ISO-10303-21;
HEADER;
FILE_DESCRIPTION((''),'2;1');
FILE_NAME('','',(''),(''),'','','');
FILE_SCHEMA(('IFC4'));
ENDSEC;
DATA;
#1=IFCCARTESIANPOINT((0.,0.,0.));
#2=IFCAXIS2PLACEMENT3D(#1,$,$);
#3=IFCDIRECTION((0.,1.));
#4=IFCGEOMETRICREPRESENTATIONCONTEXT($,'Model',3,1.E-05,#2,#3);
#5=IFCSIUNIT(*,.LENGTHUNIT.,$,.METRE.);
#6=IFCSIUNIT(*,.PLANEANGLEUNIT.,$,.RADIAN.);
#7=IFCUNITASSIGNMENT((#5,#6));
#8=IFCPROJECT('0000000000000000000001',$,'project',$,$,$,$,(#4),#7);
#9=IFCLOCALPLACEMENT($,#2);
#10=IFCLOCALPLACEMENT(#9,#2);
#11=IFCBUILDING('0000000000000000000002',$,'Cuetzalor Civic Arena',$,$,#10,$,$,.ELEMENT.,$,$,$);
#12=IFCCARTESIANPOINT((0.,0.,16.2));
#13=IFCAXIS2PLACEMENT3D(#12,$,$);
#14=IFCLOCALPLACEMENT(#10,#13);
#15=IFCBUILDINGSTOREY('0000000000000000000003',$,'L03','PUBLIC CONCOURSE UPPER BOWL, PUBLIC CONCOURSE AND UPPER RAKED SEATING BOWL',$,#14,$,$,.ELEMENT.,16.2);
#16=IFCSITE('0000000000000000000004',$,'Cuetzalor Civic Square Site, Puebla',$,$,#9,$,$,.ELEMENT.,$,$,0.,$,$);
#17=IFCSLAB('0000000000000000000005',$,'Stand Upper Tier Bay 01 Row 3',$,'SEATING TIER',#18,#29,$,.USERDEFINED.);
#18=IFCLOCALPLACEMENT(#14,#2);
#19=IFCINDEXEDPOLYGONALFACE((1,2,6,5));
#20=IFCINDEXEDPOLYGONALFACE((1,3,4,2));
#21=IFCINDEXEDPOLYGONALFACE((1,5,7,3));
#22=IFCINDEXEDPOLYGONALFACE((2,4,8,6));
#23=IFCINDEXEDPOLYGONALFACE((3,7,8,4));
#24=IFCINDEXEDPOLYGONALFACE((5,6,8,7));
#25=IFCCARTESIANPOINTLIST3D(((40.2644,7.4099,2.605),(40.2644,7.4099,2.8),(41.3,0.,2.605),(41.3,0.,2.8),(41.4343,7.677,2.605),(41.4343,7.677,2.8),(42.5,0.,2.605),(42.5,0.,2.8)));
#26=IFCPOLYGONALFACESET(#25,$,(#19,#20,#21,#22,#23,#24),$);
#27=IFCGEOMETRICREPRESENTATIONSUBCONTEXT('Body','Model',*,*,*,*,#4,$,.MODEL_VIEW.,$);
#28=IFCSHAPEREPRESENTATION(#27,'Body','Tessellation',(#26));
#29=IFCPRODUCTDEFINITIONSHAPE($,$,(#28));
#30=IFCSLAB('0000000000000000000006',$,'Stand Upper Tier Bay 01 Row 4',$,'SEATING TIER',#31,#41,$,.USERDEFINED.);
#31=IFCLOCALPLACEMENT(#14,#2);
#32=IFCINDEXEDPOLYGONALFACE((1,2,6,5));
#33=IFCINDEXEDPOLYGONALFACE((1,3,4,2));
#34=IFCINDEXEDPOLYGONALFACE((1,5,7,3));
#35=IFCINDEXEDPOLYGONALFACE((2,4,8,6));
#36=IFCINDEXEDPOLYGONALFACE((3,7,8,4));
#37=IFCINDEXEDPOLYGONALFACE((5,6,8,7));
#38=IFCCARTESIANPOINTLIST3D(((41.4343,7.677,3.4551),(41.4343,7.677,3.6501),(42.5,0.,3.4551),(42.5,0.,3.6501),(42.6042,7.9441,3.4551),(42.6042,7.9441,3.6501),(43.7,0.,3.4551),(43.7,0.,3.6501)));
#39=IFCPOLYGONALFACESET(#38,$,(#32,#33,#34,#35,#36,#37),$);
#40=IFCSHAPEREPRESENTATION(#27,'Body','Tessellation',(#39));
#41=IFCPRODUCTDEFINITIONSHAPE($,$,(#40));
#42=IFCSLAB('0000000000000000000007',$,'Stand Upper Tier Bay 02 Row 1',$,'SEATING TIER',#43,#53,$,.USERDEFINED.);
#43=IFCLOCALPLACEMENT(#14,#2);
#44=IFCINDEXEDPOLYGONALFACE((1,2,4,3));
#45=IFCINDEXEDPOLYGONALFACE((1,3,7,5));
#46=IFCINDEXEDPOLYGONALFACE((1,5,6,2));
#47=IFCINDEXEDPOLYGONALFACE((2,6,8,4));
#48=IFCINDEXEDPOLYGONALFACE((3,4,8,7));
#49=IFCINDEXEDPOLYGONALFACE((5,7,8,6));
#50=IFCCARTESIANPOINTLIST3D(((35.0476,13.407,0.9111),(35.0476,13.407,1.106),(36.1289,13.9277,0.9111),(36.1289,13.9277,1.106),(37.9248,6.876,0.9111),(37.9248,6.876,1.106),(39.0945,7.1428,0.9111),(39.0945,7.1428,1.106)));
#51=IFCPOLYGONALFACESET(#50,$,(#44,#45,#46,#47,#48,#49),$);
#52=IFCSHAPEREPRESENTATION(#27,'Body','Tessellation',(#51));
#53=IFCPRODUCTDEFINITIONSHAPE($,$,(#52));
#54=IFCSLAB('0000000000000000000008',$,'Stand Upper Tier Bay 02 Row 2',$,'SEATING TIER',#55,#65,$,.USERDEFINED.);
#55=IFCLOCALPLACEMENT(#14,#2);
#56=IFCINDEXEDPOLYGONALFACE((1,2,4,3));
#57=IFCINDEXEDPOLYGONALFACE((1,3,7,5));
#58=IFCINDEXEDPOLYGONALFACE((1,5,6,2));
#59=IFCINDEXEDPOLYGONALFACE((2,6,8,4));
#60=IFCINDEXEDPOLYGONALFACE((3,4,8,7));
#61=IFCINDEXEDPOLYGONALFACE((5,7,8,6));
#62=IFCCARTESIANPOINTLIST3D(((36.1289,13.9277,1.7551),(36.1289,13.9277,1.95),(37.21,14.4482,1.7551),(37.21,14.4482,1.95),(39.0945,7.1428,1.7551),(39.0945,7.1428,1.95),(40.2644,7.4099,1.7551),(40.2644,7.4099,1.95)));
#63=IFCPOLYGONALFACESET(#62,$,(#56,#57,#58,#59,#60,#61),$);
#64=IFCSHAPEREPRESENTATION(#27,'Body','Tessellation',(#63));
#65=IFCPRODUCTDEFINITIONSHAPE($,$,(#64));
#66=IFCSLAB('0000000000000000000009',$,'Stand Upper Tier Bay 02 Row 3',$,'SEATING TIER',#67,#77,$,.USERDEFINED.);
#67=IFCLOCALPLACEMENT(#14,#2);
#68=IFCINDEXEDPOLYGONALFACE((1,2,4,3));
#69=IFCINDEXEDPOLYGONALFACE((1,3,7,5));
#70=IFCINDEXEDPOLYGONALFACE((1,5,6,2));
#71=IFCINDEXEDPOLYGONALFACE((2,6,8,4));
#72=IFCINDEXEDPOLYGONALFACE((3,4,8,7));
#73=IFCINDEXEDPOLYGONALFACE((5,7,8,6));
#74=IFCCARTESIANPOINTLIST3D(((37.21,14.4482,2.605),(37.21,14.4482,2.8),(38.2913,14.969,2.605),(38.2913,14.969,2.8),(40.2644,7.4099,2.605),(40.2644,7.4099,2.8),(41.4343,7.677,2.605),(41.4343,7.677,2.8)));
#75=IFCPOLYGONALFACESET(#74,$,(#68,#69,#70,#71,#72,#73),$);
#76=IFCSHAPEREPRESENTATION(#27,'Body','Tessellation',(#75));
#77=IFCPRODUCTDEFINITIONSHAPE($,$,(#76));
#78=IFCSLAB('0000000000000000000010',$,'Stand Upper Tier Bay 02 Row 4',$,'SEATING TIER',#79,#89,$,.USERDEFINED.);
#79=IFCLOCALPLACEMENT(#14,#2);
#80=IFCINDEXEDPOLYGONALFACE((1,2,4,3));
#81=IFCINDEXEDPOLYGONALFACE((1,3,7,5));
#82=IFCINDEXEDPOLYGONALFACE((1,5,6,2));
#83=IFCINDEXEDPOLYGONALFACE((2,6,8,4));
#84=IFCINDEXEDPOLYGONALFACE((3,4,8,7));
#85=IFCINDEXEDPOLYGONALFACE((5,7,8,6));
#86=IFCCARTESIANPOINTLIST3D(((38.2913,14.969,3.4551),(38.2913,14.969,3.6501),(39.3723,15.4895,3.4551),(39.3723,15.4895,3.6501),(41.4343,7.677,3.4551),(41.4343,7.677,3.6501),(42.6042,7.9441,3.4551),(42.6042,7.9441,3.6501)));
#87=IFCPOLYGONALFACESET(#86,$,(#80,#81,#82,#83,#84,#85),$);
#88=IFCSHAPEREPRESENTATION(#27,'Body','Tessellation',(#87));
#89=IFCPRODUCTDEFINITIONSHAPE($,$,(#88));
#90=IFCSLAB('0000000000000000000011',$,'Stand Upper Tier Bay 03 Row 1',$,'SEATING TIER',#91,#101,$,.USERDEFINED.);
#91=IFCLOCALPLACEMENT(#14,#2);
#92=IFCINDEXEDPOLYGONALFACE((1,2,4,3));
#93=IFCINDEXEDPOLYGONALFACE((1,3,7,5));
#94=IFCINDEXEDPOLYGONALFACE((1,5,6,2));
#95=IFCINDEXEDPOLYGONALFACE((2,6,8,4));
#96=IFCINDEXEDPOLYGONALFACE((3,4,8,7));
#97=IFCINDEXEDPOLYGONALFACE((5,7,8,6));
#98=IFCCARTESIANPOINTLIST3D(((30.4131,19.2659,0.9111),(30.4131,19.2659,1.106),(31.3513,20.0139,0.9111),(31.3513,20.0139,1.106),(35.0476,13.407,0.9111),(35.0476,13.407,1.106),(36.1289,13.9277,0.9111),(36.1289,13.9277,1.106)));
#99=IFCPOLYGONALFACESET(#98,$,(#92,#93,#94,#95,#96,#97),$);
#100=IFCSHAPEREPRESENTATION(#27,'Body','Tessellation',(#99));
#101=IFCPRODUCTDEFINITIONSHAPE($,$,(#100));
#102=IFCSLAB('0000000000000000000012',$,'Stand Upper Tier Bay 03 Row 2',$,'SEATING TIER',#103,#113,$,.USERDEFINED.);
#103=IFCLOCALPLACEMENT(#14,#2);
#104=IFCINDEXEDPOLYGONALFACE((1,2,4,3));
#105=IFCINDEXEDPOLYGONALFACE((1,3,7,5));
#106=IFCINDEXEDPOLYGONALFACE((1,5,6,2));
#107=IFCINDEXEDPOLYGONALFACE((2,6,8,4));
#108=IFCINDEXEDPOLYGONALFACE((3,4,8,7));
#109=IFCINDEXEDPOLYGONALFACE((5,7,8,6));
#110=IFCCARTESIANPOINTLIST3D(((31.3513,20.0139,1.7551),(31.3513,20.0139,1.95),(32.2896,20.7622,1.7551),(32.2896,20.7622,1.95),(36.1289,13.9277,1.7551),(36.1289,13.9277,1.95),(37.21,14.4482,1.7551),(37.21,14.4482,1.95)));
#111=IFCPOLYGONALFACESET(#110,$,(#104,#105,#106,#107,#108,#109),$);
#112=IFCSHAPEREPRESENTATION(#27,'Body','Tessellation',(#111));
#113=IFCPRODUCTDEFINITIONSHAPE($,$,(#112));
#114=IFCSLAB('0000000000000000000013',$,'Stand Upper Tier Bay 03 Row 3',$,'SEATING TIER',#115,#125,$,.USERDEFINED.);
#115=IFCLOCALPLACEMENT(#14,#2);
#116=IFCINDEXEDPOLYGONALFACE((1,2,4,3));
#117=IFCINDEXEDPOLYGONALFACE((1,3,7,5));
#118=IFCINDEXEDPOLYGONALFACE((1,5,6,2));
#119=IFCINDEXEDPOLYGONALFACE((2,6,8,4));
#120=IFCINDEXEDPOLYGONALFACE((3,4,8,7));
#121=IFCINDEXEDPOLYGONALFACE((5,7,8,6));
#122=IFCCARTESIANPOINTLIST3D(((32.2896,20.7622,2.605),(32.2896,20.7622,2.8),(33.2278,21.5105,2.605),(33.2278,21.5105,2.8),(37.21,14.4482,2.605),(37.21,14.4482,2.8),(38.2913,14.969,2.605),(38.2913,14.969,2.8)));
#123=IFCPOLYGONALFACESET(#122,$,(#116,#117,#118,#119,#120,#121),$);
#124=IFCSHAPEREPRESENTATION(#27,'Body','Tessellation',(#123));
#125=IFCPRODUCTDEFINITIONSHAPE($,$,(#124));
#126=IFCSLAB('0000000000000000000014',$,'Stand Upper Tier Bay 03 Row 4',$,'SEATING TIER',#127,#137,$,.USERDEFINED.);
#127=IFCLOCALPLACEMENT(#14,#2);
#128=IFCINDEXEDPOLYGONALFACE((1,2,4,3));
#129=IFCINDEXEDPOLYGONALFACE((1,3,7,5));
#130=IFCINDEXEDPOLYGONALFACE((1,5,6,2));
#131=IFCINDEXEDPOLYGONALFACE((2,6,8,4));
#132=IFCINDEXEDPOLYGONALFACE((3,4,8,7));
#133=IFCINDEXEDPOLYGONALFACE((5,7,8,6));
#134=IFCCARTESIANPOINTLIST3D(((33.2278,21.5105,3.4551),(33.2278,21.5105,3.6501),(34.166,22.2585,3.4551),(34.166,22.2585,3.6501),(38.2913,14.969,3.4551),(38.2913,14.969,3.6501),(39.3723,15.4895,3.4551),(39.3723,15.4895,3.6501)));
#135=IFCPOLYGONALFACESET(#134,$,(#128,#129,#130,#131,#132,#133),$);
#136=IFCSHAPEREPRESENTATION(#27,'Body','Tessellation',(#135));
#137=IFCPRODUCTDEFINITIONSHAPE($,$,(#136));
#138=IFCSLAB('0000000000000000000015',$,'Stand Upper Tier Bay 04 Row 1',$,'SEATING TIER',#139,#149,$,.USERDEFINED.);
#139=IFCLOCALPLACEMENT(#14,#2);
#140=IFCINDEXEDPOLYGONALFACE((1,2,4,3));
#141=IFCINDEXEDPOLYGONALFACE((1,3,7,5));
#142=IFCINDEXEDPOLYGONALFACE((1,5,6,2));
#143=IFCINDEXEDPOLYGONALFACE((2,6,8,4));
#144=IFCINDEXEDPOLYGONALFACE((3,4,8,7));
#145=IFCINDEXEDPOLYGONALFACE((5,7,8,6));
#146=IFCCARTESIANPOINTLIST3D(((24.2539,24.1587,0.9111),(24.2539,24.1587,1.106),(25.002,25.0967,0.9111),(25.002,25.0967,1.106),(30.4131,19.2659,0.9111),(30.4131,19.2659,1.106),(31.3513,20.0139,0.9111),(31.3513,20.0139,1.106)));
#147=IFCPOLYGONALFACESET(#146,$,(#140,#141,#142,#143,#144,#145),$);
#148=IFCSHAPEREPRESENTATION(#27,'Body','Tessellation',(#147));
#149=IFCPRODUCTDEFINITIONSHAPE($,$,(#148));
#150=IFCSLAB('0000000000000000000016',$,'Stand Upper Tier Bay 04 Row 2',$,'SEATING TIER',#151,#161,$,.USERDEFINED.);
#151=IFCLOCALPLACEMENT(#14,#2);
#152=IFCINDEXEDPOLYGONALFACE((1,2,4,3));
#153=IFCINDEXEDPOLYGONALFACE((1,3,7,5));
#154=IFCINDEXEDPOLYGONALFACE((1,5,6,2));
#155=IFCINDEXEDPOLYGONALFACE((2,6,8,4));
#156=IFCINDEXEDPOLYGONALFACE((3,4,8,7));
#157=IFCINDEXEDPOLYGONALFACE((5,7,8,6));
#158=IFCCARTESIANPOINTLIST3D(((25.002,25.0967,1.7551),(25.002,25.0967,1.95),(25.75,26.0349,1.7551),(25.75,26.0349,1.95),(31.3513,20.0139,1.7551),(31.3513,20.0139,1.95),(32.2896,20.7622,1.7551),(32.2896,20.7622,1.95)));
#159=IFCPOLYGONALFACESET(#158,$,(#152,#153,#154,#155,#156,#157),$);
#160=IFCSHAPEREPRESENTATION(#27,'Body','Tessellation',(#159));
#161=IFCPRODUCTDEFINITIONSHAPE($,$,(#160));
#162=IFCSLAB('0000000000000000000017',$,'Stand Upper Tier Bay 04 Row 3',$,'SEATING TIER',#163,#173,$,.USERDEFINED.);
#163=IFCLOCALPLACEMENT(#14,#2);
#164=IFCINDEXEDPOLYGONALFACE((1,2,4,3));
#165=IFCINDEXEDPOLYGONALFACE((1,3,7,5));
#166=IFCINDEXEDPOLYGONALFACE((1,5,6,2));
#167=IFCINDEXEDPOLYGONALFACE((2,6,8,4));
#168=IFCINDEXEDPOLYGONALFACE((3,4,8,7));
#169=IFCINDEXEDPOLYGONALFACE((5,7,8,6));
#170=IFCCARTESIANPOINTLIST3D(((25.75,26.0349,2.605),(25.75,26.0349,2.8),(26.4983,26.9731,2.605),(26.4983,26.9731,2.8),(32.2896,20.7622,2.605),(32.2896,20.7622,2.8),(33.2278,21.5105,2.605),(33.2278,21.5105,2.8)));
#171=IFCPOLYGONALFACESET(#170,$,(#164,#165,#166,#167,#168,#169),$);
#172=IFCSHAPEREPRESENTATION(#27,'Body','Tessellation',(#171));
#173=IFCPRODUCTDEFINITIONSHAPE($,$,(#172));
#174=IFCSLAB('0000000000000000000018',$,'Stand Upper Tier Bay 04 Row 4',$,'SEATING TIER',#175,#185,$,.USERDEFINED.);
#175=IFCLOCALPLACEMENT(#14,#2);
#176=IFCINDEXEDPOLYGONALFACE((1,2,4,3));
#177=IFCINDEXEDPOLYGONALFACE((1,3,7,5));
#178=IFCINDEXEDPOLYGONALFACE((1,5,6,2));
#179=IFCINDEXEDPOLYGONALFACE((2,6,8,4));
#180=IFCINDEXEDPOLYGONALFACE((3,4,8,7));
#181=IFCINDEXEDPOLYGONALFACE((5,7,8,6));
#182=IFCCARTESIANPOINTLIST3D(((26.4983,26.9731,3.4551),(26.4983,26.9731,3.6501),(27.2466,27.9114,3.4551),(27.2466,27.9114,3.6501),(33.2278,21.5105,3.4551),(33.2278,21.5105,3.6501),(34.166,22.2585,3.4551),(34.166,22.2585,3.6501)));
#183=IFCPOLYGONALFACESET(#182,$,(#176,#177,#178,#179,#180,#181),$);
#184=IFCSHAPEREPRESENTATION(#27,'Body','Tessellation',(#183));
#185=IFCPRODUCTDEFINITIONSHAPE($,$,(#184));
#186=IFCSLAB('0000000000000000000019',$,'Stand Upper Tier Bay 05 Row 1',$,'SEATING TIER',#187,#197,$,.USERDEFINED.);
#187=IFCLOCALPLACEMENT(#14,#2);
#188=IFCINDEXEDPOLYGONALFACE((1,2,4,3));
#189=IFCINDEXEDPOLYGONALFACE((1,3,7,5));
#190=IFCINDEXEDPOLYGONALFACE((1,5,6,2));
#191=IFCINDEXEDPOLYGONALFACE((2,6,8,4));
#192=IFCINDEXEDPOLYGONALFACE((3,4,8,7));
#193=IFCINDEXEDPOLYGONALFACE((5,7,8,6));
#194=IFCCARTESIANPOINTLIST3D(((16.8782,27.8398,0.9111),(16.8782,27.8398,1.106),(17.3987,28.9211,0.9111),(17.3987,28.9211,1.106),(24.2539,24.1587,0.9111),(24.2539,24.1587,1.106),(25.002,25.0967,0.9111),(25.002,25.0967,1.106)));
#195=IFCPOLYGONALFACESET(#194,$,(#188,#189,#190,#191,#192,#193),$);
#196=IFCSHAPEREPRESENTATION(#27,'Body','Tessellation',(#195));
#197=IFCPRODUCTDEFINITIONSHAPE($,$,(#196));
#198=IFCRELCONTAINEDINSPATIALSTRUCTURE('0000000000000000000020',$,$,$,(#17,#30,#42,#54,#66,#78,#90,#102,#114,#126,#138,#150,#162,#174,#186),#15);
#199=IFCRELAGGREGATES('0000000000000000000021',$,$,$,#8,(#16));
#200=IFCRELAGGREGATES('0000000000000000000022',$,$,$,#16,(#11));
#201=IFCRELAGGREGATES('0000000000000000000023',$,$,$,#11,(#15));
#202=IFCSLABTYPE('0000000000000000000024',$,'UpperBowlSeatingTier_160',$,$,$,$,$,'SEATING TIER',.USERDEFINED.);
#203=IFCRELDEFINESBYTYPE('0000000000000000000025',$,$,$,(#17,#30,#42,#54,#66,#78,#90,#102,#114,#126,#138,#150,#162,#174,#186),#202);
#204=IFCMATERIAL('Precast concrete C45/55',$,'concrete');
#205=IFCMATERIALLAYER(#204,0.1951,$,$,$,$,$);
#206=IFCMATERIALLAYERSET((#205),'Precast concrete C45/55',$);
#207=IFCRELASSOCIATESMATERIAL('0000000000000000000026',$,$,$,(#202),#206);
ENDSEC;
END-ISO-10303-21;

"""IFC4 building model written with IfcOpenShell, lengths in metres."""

from ifc_helpers import new_model, si_unit, direction, frame, origin, place, context, subcontext, project, spatial, polyline, outline, extrude, material, layer, layer_set, type_object, element, save


model = new_model("IFC4")

# Units and contexts
model_context = context("Model", 3, precision=1e-05, world=origin(), true_north=direction((0.0, 1.0)))
body_context = subcontext(model_context, "Body", "Model", "MODEL_VIEW")
ifc_project = project(units=[si_unit("LENGTHUNIT", "METRE"), si_unit("PLANEANGLEUNIT", "RADIAN")], contexts=[model_context])

# Site, building, storey
site_placement = place(None, origin())
site = spatial("IfcSite", under=ifc_project, at=site_placement, Name="Cuetzalor Civic Square Site, Puebla", CompositionType="ELEMENT", RefElevation=0.0)
building_placement = place(site_placement, origin())
building = spatial("IfcBuilding", under=site, at=building_placement, Name="Cuetzalor Civic Arena", CompositionType="ELEMENT")
storey_placement = place(building_placement, frame((0.0, 0.0, 16.2)))
storey = spatial("IfcBuildingStorey", under=building, at=storey_placement, Name="L03", Description="PUBLIC CONCOURSE UPPER BOWL, PUBLIC CONCOURSE AND UPPER RAKED SEATING BOWL", CompositionType="ELEMENT", Elevation=16.2)

# Slabs
ifc_material_1 = material(Name="Precast concrete C45/55", Category="concrete")
ifc_layer_1 = layer(ifc_material_1, 0.1951)
ifc_layer_set_1 = layer_set([ifc_layer_1], Name="Precast concrete C45/55")
slab_type_1 = type_object("IfcSlabType", Name="UpperBowlSeatingTier_160", ElementType="SEATING TIER", PredefinedType="USERDEFINED", material=ifc_layer_set_1)
slab_1_placement = place(storey_placement, frame((0.0, 0.0, 2.605)))
element("IfcSlab", 1, at=slab_1_placement, inside=storey, type_object=slab_type_1, Name="Stand Upper Tier Bay 01 Row 3", ObjectType="SEATING TIER", PredefinedType="USERDEFINED", context=body_context, shape_type="SweptSolid", body=[
    extrude(outline(polyline([(41.3, 0.0), (40.2644, 7.4099), (41.4343, 7.677), (42.5, 0.0), (41.3, 0.0)])), origin(), (0.0, 0.0, 1.0), 0.1951),
])
slab_2_placement = place(storey_placement, frame((0.0, 0.0, 3.4551)))
element("IfcSlab", 2, at=slab_2_placement, inside=storey, type_object=slab_type_1, Name="Stand Upper Tier Bay 01 Row 4", ObjectType="SEATING TIER", PredefinedType="USERDEFINED", context=body_context, shape_type="SweptSolid", body=[
    extrude(outline(polyline([(42.5, 0.0), (41.4343, 7.677), (42.6042, 7.9441), (43.7, 0.0), (42.5, 0.0)])), origin(), (0.0, 0.0, 1.0), 0.1951),
])
slab_3_placement = place(storey_placement, frame((0.0, 0.0, 0.9111)))
element("IfcSlab", 3, at=slab_3_placement, inside=storey, type_object=slab_type_1, Name="Stand Upper Tier Bay 02 Row 1", ObjectType="SEATING TIER", PredefinedType="USERDEFINED", context=body_context, shape_type="SweptSolid", body=[
    extrude(outline(polyline([(37.9248, 6.876), (35.0476, 13.407), (36.1289, 13.9277), (39.0945, 7.1428), (37.9248, 6.876)])), origin(), (0.0, 0.0, 1.0), 0.1948),
])
slab_4_placement = place(storey_placement, frame((0.0, 0.0, 1.7551)))
element("IfcSlab", 4, at=slab_4_placement, inside=storey, type_object=slab_type_1, Name="Stand Upper Tier Bay 02 Row 2", ObjectType="SEATING TIER", PredefinedType="USERDEFINED", context=body_context, shape_type="SweptSolid", body=[
    extrude(outline(polyline([(39.0945, 7.1428), (36.1289, 13.9277), (37.21, 14.4482), (40.2644, 7.4099), (39.0945, 7.1428)])), origin(), (0.0, 0.0, 1.0), 0.1948),
])
slab_5_placement = place(storey_placement, frame((0.0, 0.0, 2.605)))
element("IfcSlab", 5, at=slab_5_placement, inside=storey, type_object=slab_type_1, Name="Stand Upper Tier Bay 02 Row 3", ObjectType="SEATING TIER", PredefinedType="USERDEFINED", context=body_context, shape_type="SweptSolid", body=[
    extrude(outline(polyline([(40.2644, 7.4099), (37.21, 14.4482), (38.2913, 14.969), (41.4343, 7.677), (40.2644, 7.4099)])), origin(), (0.0, 0.0, 1.0), 0.1951),
])
slab_6_placement = place(storey_placement, frame((0.0, 0.0, 3.4551)))
element("IfcSlab", 6, at=slab_6_placement, inside=storey, type_object=slab_type_1, Name="Stand Upper Tier Bay 02 Row 4", ObjectType="SEATING TIER", PredefinedType="USERDEFINED", context=body_context, shape_type="SweptSolid", body=[
    extrude(outline(polyline([(41.4343, 7.677), (38.2913, 14.969), (39.3723, 15.4895), (42.6042, 7.9441), (41.4343, 7.677)])), origin(), (0.0, 0.0, 1.0), 0.1951),
])
slab_7_placement = place(storey_placement, frame((0.0, 0.0, 0.9111)))
element("IfcSlab", 7, at=slab_7_placement, inside=storey, type_object=slab_type_1, Name="Stand Upper Tier Bay 03 Row 1", ObjectType="SEATING TIER", PredefinedType="USERDEFINED", context=body_context, shape_type="SweptSolid", body=[
    extrude(outline(polyline([(35.0476, 13.407), (30.4131, 19.2659), (31.3513, 20.0139), (36.1289, 13.9277), (35.0476, 13.407)])), origin(), (0.0, 0.0, 1.0), 0.1948),
])
slab_8_placement = place(storey_placement, frame((0.0, 0.0, 1.7551)))
element("IfcSlab", 8, at=slab_8_placement, inside=storey, type_object=slab_type_1, Name="Stand Upper Tier Bay 03 Row 2", ObjectType="SEATING TIER", PredefinedType="USERDEFINED", context=body_context, shape_type="SweptSolid", body=[
    extrude(outline(polyline([(36.1289, 13.9277), (31.3513, 20.0139), (32.2896, 20.7622), (37.21, 14.4482), (36.1289, 13.9277)])), origin(), (0.0, 0.0, 1.0), 0.1948),
])
slab_9_placement = place(storey_placement, frame((0.0, 0.0, 2.605)))
element("IfcSlab", 9, at=slab_9_placement, inside=storey, type_object=slab_type_1, Name="Stand Upper Tier Bay 03 Row 3", ObjectType="SEATING TIER", PredefinedType="USERDEFINED", context=body_context, shape_type="SweptSolid", body=[
    extrude(outline(polyline([(37.21, 14.4482), (32.2896, 20.7622), (33.2278, 21.5105), (38.2913, 14.969), (37.21, 14.4482)])), origin(), (0.0, 0.0, 1.0), 0.1951),
])
slab_10_placement = place(storey_placement, frame((0.0, 0.0, 3.4551)))
element("IfcSlab", 10, at=slab_10_placement, inside=storey, type_object=slab_type_1, Name="Stand Upper Tier Bay 03 Row 4", ObjectType="SEATING TIER", PredefinedType="USERDEFINED", context=body_context, shape_type="SweptSolid", body=[
    extrude(outline(polyline([(38.2913, 14.969), (33.2278, 21.5105), (34.166, 22.2585), (39.3723, 15.4895), (38.2913, 14.969)])), origin(), (0.0, 0.0, 1.0), 0.1951),
])
slab_11_placement = place(storey_placement, frame((0.0, 0.0, 0.9111)))
element("IfcSlab", 11, at=slab_11_placement, inside=storey, type_object=slab_type_1, Name="Stand Upper Tier Bay 04 Row 1", ObjectType="SEATING TIER", PredefinedType="USERDEFINED", context=body_context, shape_type="SweptSolid", body=[
    extrude(outline(polyline([(30.4131, 19.2659), (24.2539, 24.1587), (25.002, 25.0967), (31.3513, 20.0139), (30.4131, 19.2659)])), origin(), (0.0, 0.0, 1.0), 0.1948),
])
slab_12_placement = place(storey_placement, frame((0.0, 0.0, 1.7551)))
element("IfcSlab", 12, at=slab_12_placement, inside=storey, type_object=slab_type_1, Name="Stand Upper Tier Bay 04 Row 2", ObjectType="SEATING TIER", PredefinedType="USERDEFINED", context=body_context, shape_type="SweptSolid", body=[
    extrude(outline(polyline([(31.3513, 20.0139), (25.002, 25.0967), (25.75, 26.0349), (32.2896, 20.7622), (31.3513, 20.0139)])), origin(), (0.0, 0.0, 1.0), 0.1948),
])
slab_13_placement = place(storey_placement, frame((0.0, 0.0, 2.605)))
element("IfcSlab", 13, at=slab_13_placement, inside=storey, type_object=slab_type_1, Name="Stand Upper Tier Bay 04 Row 3", ObjectType="SEATING TIER", PredefinedType="USERDEFINED", context=body_context, shape_type="SweptSolid", body=[
    extrude(outline(polyline([(32.2896, 20.7622), (25.75, 26.0349), (26.4983, 26.9731), (33.2278, 21.5105), (32.2896, 20.7622)])), origin(), (0.0, 0.0, 1.0), 0.1951),
])
slab_14_placement = place(storey_placement, frame((0.0, 0.0, 3.4551)))
element("IfcSlab", 14, at=slab_14_placement, inside=storey, type_object=slab_type_1, Name="Stand Upper Tier Bay 04 Row 4", ObjectType="SEATING TIER", PredefinedType="USERDEFINED", context=body_context, shape_type="SweptSolid", body=[
    extrude(outline(polyline([(33.2278, 21.5105), (26.4983, 26.9731), (27.2466, 27.9114), (34.166, 22.2585), (33.2278, 21.5105)])), origin(), (0.0, 0.0, 1.0), 0.1951),
])
slab_15_placement = place(storey_placement, frame((0.0, 0.0, 0.9111)))
element("IfcSlab", 15, at=slab_15_placement, inside=storey, type_object=slab_type_1, Name="Stand Upper Tier Bay 05 Row 1", ObjectType="SEATING TIER", PredefinedType="USERDEFINED", context=body_context, shape_type="SweptSolid", body=[
    extrude(outline(polyline([(24.2539, 24.1587), (16.8782, 27.8398), (17.3987, 28.9211), (25.002, 25.0967), (24.2539, 24.1587)])), origin(), (0.0, 0.0, 1.0), 0.1948),
])

save(model, "model.ifc")
